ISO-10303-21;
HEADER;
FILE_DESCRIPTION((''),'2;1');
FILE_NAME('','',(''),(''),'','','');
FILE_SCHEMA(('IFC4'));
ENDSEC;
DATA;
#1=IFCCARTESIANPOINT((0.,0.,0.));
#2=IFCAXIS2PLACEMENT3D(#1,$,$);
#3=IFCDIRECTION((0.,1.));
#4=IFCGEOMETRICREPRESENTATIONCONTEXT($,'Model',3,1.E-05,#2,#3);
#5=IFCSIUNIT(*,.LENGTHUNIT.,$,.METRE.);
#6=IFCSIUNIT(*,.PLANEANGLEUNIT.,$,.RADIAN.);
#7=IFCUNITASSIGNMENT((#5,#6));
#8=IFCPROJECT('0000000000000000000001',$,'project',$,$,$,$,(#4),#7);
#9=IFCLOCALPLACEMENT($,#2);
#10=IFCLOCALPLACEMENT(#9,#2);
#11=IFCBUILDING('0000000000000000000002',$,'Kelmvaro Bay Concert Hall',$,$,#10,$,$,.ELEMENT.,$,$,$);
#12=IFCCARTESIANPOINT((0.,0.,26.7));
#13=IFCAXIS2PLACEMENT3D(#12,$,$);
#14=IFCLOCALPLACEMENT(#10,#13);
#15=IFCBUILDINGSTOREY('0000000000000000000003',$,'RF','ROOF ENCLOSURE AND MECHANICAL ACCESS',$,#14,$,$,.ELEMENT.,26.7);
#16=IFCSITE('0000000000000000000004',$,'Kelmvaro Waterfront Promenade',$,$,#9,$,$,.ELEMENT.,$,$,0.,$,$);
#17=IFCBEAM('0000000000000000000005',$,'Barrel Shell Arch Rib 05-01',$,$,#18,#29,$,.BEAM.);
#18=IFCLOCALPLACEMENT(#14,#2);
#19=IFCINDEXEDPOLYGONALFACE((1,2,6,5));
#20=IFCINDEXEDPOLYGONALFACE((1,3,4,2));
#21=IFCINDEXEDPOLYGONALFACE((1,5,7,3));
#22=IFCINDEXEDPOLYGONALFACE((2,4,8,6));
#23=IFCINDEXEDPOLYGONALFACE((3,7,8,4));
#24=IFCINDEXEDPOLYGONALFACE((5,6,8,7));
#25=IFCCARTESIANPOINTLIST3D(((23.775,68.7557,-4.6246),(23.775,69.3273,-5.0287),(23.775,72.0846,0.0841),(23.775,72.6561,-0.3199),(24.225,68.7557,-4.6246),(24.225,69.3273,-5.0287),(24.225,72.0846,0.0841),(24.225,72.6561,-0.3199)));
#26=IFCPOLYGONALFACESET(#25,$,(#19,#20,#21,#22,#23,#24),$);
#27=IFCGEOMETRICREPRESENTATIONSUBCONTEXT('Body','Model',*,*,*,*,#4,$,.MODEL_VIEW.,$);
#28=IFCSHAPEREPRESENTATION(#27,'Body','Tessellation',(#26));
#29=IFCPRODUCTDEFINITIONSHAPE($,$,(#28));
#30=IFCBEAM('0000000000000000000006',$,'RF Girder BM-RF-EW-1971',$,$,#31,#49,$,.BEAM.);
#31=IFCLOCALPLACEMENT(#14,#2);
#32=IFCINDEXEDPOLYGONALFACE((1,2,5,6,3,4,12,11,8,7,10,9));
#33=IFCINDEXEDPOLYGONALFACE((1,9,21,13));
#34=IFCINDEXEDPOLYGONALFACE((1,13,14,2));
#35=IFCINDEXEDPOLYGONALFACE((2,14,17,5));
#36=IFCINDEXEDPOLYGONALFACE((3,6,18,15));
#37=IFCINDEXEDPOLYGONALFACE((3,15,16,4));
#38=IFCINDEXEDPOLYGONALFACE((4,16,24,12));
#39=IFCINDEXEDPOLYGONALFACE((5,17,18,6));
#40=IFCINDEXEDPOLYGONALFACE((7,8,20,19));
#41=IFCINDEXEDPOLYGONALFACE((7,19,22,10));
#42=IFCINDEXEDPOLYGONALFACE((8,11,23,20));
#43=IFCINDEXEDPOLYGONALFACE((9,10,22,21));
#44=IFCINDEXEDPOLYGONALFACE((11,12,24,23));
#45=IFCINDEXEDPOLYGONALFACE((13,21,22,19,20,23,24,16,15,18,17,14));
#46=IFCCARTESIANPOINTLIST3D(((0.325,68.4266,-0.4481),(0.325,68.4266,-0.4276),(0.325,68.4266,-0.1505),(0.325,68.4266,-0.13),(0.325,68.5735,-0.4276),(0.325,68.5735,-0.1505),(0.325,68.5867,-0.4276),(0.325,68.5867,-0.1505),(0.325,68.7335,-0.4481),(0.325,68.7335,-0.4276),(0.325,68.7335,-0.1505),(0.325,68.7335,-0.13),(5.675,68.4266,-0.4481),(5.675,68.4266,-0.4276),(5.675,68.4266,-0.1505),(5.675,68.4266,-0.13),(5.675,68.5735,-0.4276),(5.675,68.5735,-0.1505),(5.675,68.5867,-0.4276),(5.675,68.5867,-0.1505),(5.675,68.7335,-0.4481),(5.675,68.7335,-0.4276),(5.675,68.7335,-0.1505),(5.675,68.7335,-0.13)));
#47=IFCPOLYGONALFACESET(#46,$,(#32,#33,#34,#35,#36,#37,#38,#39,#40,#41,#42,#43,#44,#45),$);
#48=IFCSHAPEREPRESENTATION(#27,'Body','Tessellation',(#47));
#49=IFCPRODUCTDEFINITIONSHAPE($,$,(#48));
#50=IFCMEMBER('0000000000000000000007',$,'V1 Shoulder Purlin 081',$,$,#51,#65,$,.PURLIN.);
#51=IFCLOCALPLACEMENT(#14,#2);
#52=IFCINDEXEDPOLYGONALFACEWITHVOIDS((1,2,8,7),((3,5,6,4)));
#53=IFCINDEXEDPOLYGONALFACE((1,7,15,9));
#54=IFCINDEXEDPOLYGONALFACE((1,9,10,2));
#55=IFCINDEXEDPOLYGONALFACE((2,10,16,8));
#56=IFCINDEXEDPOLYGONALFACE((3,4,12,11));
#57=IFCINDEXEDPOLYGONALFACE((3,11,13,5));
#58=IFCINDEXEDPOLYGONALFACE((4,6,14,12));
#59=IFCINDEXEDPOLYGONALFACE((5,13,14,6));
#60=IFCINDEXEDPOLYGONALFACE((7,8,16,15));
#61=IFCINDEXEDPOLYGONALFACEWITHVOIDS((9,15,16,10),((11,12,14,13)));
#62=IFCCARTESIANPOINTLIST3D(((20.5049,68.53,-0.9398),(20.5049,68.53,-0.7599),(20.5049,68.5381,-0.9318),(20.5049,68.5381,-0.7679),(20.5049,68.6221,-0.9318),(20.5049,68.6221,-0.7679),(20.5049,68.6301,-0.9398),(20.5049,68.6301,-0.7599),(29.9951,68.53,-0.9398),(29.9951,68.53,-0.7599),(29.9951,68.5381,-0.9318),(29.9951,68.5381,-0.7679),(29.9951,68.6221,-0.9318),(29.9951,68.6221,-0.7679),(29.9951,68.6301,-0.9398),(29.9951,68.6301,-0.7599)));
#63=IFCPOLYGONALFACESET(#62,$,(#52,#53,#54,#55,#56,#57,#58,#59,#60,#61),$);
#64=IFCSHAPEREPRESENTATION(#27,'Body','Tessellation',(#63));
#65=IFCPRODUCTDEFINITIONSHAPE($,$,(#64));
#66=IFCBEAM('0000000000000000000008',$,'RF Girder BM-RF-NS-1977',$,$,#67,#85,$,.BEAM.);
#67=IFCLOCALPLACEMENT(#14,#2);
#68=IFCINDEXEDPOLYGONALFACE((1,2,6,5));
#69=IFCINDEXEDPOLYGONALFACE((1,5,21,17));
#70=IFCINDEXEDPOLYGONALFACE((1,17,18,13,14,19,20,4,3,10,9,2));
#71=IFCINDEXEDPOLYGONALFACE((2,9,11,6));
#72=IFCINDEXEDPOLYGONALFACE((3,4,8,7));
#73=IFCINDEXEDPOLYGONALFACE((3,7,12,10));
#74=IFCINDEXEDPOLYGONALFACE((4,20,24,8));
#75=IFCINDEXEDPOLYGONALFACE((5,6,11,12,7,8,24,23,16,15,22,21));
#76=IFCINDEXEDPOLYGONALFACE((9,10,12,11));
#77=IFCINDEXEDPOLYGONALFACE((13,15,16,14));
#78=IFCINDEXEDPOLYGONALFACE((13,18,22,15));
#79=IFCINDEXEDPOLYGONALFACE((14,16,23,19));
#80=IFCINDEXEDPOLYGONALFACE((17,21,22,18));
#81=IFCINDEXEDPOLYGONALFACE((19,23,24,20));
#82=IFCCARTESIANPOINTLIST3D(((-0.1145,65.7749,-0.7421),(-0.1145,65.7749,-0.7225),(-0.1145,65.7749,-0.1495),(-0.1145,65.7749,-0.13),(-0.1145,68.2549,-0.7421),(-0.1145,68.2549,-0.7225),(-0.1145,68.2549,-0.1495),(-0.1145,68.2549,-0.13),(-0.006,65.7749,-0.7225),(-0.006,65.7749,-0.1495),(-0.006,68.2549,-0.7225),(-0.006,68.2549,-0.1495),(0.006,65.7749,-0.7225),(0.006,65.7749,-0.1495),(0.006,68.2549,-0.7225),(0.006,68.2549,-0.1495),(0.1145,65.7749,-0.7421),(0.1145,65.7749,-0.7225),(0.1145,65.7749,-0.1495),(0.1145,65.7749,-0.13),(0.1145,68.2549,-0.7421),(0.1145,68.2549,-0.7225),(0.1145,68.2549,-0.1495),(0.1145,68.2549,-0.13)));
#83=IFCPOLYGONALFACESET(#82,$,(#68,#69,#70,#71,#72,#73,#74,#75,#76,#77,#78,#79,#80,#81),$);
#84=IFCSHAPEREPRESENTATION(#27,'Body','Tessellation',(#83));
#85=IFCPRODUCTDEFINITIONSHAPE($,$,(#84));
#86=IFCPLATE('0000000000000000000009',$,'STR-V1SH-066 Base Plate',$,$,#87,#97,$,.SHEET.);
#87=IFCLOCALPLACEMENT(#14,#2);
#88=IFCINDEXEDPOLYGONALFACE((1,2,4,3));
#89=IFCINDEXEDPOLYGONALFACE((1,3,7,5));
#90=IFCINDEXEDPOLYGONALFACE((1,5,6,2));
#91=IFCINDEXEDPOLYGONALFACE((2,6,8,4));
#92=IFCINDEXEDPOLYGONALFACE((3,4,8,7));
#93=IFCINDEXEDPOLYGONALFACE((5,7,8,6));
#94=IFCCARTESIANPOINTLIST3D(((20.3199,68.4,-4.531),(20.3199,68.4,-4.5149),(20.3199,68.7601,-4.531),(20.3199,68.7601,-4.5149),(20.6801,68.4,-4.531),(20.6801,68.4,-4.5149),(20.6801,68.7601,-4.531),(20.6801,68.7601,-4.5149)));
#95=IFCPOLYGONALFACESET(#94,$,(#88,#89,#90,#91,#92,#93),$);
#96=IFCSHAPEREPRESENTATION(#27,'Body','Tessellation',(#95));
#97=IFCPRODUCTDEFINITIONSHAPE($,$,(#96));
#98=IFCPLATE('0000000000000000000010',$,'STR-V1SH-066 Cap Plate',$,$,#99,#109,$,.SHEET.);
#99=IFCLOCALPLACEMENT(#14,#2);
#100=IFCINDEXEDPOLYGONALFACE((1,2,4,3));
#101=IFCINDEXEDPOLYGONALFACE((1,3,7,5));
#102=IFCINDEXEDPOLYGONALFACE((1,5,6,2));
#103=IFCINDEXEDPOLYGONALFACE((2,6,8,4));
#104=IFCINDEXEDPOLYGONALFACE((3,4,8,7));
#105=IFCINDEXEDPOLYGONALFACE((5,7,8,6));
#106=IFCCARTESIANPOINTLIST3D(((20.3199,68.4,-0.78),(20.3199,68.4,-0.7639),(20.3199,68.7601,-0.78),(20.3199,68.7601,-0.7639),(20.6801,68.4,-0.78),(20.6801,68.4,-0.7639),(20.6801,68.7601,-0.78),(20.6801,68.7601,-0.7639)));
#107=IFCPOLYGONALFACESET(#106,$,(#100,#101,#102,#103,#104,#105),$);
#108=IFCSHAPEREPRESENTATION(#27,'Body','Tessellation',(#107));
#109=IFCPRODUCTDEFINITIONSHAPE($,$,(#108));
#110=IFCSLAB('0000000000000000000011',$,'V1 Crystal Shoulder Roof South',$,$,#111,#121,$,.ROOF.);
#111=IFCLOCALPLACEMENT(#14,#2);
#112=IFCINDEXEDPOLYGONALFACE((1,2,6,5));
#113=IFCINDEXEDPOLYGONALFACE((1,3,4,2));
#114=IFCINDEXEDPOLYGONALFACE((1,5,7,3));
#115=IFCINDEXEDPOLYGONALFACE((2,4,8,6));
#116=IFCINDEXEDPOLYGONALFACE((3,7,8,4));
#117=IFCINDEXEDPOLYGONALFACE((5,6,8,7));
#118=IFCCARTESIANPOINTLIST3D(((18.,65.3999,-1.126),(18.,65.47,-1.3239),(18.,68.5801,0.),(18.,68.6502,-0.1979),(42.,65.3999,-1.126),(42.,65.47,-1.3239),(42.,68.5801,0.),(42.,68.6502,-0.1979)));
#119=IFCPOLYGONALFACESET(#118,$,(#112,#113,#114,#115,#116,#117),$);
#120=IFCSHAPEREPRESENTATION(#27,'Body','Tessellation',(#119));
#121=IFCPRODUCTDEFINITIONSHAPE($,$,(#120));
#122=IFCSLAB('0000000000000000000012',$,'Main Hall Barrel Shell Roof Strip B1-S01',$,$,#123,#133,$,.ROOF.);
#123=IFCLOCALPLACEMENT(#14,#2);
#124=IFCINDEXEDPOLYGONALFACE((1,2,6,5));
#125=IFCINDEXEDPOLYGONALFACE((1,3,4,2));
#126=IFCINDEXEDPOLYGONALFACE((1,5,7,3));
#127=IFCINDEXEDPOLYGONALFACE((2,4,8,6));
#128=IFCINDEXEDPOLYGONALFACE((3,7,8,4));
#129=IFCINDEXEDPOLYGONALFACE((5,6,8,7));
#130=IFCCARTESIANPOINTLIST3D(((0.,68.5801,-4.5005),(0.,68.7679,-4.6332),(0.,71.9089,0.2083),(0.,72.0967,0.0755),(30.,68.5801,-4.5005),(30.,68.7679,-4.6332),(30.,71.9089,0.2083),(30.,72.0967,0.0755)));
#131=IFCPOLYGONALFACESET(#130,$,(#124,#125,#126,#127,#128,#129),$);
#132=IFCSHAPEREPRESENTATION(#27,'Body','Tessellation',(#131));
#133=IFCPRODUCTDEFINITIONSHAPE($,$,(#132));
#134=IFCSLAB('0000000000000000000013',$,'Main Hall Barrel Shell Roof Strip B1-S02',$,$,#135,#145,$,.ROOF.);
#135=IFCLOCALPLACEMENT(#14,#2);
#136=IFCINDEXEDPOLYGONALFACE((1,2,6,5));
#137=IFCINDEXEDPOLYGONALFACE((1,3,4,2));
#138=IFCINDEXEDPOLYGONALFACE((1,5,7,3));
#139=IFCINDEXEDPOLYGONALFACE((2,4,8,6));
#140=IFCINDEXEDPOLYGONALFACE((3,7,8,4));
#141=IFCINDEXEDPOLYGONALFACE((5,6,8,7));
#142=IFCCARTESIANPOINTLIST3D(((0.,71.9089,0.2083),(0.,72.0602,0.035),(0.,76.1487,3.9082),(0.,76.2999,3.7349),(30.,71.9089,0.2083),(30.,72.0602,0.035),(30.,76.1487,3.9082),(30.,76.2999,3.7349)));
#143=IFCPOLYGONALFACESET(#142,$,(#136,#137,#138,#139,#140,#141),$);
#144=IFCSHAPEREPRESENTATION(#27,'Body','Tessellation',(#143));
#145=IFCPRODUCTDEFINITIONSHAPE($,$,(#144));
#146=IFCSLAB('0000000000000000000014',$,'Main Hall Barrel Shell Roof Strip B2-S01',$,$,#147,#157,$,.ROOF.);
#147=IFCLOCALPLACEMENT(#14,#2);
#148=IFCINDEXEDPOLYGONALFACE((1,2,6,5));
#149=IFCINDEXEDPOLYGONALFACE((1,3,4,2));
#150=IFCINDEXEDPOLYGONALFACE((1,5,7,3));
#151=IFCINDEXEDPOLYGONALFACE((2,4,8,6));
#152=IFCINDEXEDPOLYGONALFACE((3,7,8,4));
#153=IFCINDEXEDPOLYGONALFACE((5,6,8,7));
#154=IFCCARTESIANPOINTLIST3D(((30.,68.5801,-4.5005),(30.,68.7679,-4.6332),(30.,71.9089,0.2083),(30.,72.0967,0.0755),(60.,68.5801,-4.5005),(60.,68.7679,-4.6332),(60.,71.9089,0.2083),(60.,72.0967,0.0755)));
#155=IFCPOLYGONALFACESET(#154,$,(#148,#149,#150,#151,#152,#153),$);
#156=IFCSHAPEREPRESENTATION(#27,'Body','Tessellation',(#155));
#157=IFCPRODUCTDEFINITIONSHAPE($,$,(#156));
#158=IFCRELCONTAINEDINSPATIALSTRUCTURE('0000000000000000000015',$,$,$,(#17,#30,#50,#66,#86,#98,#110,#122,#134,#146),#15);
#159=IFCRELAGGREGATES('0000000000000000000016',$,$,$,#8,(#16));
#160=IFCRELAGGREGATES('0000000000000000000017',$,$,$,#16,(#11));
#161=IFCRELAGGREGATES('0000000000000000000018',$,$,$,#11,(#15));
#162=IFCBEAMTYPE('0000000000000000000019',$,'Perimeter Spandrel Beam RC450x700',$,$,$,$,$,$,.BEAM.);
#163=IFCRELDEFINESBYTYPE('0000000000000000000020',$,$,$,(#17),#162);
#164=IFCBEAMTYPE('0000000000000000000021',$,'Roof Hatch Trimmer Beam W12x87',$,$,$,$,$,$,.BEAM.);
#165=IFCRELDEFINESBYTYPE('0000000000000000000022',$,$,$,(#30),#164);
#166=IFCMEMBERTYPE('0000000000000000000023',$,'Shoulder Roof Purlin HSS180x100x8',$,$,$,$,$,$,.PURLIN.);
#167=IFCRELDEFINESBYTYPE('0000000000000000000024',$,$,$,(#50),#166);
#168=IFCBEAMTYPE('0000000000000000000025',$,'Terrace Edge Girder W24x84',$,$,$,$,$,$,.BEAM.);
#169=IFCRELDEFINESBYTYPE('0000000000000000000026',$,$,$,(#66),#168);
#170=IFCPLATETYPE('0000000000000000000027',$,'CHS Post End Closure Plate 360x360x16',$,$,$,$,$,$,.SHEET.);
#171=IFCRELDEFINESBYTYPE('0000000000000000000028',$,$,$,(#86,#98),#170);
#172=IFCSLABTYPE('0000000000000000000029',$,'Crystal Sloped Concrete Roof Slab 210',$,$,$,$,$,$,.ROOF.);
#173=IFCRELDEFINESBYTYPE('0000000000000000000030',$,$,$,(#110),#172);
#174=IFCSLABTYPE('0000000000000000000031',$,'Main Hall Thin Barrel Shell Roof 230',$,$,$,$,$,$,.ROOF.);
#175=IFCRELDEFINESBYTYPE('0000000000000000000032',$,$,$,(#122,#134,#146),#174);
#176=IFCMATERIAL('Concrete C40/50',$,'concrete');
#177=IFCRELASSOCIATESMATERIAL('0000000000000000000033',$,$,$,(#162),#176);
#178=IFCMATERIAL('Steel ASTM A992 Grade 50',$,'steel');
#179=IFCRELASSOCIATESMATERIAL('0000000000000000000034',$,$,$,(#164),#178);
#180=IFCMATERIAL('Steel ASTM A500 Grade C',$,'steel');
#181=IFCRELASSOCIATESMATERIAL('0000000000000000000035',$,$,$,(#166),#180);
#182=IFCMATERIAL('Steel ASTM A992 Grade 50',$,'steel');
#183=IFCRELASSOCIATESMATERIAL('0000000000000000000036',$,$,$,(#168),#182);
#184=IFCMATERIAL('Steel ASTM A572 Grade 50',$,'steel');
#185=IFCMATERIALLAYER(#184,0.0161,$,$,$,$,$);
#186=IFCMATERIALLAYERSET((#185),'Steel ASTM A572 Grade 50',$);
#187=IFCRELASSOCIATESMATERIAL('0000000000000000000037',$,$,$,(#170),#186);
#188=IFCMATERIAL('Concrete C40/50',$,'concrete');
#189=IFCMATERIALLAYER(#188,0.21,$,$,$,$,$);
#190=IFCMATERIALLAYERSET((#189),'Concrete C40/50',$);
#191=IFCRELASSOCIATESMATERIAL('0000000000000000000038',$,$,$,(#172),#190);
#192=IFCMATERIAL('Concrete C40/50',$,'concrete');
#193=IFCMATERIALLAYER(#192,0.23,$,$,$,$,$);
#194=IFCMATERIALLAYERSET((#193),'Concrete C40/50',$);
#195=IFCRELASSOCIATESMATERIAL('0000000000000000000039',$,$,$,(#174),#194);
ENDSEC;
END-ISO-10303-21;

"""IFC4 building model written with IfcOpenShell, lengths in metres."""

from ifc_helpers import new_model, si_unit, direction, frame, origin, origin_2d, place, context, subcontext, project, spatial, polyline, rectangle, hollow_rectangle, i_section, outline, extrude, material, layer, layer_set, material_profile, profile_set, type_object, element, save


model = new_model("IFC4")

# Units and contexts
model_context = context("Model", 3, precision=1e-05, world=origin(), true_north=direction((0.0, 1.0)))
body_context = subcontext(model_context, "Body", "Model", "MODEL_VIEW")
ifc_project = project(units=[si_unit("LENGTHUNIT", "METRE"), si_unit("PLANEANGLEUNIT", "RADIAN")], contexts=[model_context])

# Site, building, storey
site_placement = place(None, origin())
site = spatial("IfcSite", under=ifc_project, at=site_placement, Name="Kelmvaro Waterfront Promenade", CompositionType="ELEMENT", RefElevation=0.0)
building_placement = place(site_placement, origin())
building = spatial("IfcBuilding", under=site, at=building_placement, Name="Kelmvaro Bay Concert Hall", CompositionType="ELEMENT")
storey_placement = place(building_placement, frame((0.0, 0.0, 26.7)))
storey = spatial("IfcBuildingStorey", under=building, at=storey_placement, Name="RF", Description="ROOF ENCLOSURE AND MECHANICAL ACCESS", CompositionType="ELEMENT", Elevation=26.7)

# Beams
ifc_material_1 = material(Name="Concrete C40/50", Category="concrete")
ifc_material_profile_1 = material_profile(ifc_material_1, rectangle(XDim=0.45, YDim=0.7, at=origin_2d()), Name="RC-BM-450X700")
ifc_profile_set_1 = profile_set([ifc_material_profile_1], Name="Concrete C40/50")
beam_type_1 = type_object("IfcBeamType", Name="Perimeter Spandrel Beam RC450x700", PredefinedType="BEAM", material=ifc_profile_set_1)
for number, where, z_axis, x_axis, name in (
    (1, (24.0, 69.0415, -4.8267), (0.0, 0.577266, 0.816556), (-1.0, 0.0, 0.0), "Barrel Shell Arch Rib 05-01"),
):
    element("IfcBeam", number, at=place(storey_placement, frame(where, z_axis=z_axis, x_axis=x_axis)), inside=storey, type_object=beam_type_1, Name=name, PredefinedType="BEAM", context=body_context, shape_type="SweptSolid", body=[
        extrude(rectangle(XDim=0.45, YDim=0.7, at=origin_2d()), origin(), (0.0, 0.0, 1.0), 5.7666),
    ])
ifc_material_2 = material(Name="Steel ASTM A992 Grade 50", Category="steel")
ifc_material_profile_2 = material_profile(ifc_material_2, i_section(OverallWidth=0.3069, OverallDepth=0.3181, WebThickness=0.0132, FlangeThickness=0.0205, at=origin_2d()), Name="W12X87")
ifc_profile_set_2 = profile_set([ifc_material_profile_2], Name="Steel ASTM A992 Grade 50")
beam_type_2 = type_object("IfcBeamType", Name="Roof Hatch Trimmer Beam W12x87", PredefinedType="BEAM", material=ifc_profile_set_2)
beam_1_placement = place(storey_placement, frame((0.325, 68.5801, -0.2891), z_axis=(1.0, 0.0, 0.0), x_axis=(0.0, 1.0, 0.0)))
element("IfcBeam", 2, at=beam_1_placement, inside=storey, type_object=beam_type_2, Name="RF Girder BM-RF-EW-1971", PredefinedType="BEAM", context=body_context, shape_type="SweptSolid", body=[
    extrude(i_section(OverallWidth=0.3069, OverallDepth=0.3181, WebThickness=0.0132, FlangeThickness=0.0205, at=origin_2d()), origin(), (0.0, 0.0, 1.0), 5.3501),
])

# Member
ifc_material_3 = material(Name="Steel ASTM A500 Grade C", Category="steel")
ifc_material_profile_3 = material_profile(ifc_material_3, hollow_rectangle(XDim=0.1001, YDim=0.1799, WallThickness=0.0081, at=origin_2d()), Name="HSS180X100X8")
ifc_profile_set_3 = profile_set([ifc_material_profile_3], Name="Steel ASTM A500 Grade C")
member_type_1 = type_object("IfcMemberType", Name="Shoulder Roof Purlin HSS180x100x8", PredefinedType="PURLIN", material=ifc_profile_set_3)
member_1_placement = place(storey_placement, frame((20.5049, 68.5801, -0.8499), z_axis=(1.0, 0.0, 0.0), x_axis=(0.0, 1.0, 0.0)))
element("IfcMember", 3, at=member_1_placement, inside=storey, type_object=member_type_1, Name="V1 Shoulder Purlin 081", PredefinedType="PURLIN", context=body_context, shape_type="SweptSolid", body=[
    extrude(hollow_rectangle(XDim=0.1001, YDim=0.1799, WallThickness=0.0081, at=origin_2d()), origin(), (0.0, 0.0, 1.0), 9.4902),
])

# Beam
ifc_material_4 = material(Name="Steel ASTM A992 Grade 50", Category="steel")
ifc_material_profile_4 = material_profile(ifc_material_4, i_section(OverallWidth=0.229, OverallDepth=0.6121, WebThickness=0.012, FlangeThickness=0.0195, at=origin_2d()), Name="W24X84")
ifc_profile_set_4 = profile_set([ifc_material_profile_4], Name="Steel ASTM A992 Grade 50")
beam_type_3 = type_object("IfcBeamType", Name="Terrace Edge Girder W24x84", PredefinedType="BEAM", material=ifc_profile_set_4)
beam_2_placement = place(storey_placement, frame((0.0, 65.7749, -0.436), z_axis=(0.0, 1.0, 0.0), x_axis=(-1.0, 0.0, 0.0)))
element("IfcBeam", 4, at=beam_2_placement, inside=storey, type_object=beam_type_3, Name="RF Girder BM-RF-NS-1977", PredefinedType="BEAM", context=body_context, shape_type="SweptSolid", body=[
    extrude(i_section(OverallWidth=0.229, OverallDepth=0.6121, WebThickness=0.012, FlangeThickness=0.0195, at=origin_2d()), origin(), (0.0, 0.0, 1.0), 2.48),
])

# Plates
ifc_material_5 = material(Name="Steel ASTM A572 Grade 50", Category="steel")
ifc_layer_1 = layer(ifc_material_5, 0.0161)
ifc_layer_set_1 = layer_set([ifc_layer_1], Name="Steel ASTM A572 Grade 50")
plate_type = type_object("IfcPlateType", Name="CHS Post End Closure Plate 360x360x16", PredefinedType="SHEET", material=ifc_layer_set_1)
for number, where, z_axis, x_axis, name in (
    (5, (20.5, 68.5801, -4.531), (0.0, 0.0, 1.0), (1.0, 0.0, 0.0), "STR-V1SH-066 Base Plate"),
    (6, (20.5, 68.5801, -0.78), (0.0, 0.0, 1.0), (1.0, 0.0, 0.0), "STR-V1SH-066 Cap Plate"),
):
    element("IfcPlate", number, at=place(storey_placement, frame(where, z_axis=z_axis, x_axis=x_axis)), inside=storey, type_object=plate_type, Name=name, PredefinedType="SHEET", context=body_context, shape_type="SweptSolid", body=[
        extrude(rectangle(XDim=0.3601, YDim=0.3601, at=origin_2d()), origin(), (0.0, 0.0, 1.0), 0.0161),
    ])

# Slabs
ifc_material_6 = material(Name="Concrete C40/50", Category="concrete")
ifc_layer_2 = layer(ifc_material_6, 0.21)
ifc_layer_set_2 = layer_set([ifc_layer_2], Name="Concrete C40/50")
slab_type_1 = type_object("IfcSlabType", Name="Crystal Sloped Concrete Roof Slab 210", PredefinedType="ROOF", material=ifc_layer_set_2)
slab_1_placement = place(storey_placement, frame((18.0, 65.3999, -1.126), z_axis=(0.0, -0.333759, 0.942659), x_axis=(1.0, 0.0, 0.0)))
element("IfcSlab", 7, at=slab_1_placement, inside=storey, type_object=slab_type_1, Name="V1 Crystal Shoulder Roof South", PredefinedType="ROOF", context=body_context, shape_type="SweptSolid", body=[
    extrude(outline(polyline([(0.0, 0.0), (24.0, 0.0), (24.0, 3.3736), (0.0, 3.3736), (0.0, 0.0)])), origin(), (0.0, 0.0, -1.0), 0.21),
])
ifc_material_7 = material(Name="Concrete C40/50", Category="concrete")
ifc_layer_3 = layer(ifc_material_7, 0.23)
ifc_layer_set_3 = layer_set([ifc_layer_3], Name="Concrete C40/50")
slab_type_2 = type_object("IfcSlabType", Name="Main Hall Thin Barrel Shell Roof 230", PredefinedType="ROOF", material=ifc_layer_set_3)
slab_2_placement = place(storey_placement, frame((0.0, 68.5801, -4.5005), z_axis=(0.0, -0.816556, 0.577266), x_axis=(1.0, 0.0, 0.0)))
element("IfcSlab", 8, at=slab_2_placement, inside=storey, type_object=slab_type_2, Name="Main Hall Barrel Shell Roof Strip B1-S01", PredefinedType="ROOF", context=body_context, shape_type="SweptSolid", body=[
    extrude(outline(polyline([(0.0, 0.0), (30.0, 0.0), (30.0, 5.7666), (0.0, 5.7666), (0.0, 0.0)])), origin(), (0.0, 0.0, -1.0), 0.23),
])
slab_3_placement = place(storey_placement, frame((0.0, 71.9089, 0.2083), z_axis=(0.0, -0.657515, 0.753441), x_axis=(1.0, 0.0, 0.0)))
element("IfcSlab", 9, at=slab_3_placement, inside=storey, type_object=slab_type_2, Name="Main Hall Barrel Shell Roof Strip B1-S02", PredefinedType="ROOF", context=body_context, shape_type="SweptSolid", body=[
    extrude(outline(polyline([(0.0, 0.0), (30.0, 0.0), (30.0, 5.6272), (0.0, 5.6272), (0.0, 0.0)])), origin(), (0.0, 0.0, -1.0), 0.23),
])
slab_4_placement = place(storey_placement, frame((30.0, 68.5801, -4.5005), z_axis=(0.0, -0.816556, 0.577266), x_axis=(1.0, 0.0, 0.0)))
element("IfcSlab", 10, at=slab_4_placement, inside=storey, type_object=slab_type_2, Name="Main Hall Barrel Shell Roof Strip B2-S01", PredefinedType="ROOF", context=body_context, shape_type="SweptSolid", body=[
    extrude(outline(polyline([(0.0, 0.0), (30.0, 0.0), (30.0, 5.7666), (0.0, 5.7666), (0.0, 0.0)])), origin(), (0.0, 0.0, -1.0), 0.23),
])

save(model, "model.ifc")
